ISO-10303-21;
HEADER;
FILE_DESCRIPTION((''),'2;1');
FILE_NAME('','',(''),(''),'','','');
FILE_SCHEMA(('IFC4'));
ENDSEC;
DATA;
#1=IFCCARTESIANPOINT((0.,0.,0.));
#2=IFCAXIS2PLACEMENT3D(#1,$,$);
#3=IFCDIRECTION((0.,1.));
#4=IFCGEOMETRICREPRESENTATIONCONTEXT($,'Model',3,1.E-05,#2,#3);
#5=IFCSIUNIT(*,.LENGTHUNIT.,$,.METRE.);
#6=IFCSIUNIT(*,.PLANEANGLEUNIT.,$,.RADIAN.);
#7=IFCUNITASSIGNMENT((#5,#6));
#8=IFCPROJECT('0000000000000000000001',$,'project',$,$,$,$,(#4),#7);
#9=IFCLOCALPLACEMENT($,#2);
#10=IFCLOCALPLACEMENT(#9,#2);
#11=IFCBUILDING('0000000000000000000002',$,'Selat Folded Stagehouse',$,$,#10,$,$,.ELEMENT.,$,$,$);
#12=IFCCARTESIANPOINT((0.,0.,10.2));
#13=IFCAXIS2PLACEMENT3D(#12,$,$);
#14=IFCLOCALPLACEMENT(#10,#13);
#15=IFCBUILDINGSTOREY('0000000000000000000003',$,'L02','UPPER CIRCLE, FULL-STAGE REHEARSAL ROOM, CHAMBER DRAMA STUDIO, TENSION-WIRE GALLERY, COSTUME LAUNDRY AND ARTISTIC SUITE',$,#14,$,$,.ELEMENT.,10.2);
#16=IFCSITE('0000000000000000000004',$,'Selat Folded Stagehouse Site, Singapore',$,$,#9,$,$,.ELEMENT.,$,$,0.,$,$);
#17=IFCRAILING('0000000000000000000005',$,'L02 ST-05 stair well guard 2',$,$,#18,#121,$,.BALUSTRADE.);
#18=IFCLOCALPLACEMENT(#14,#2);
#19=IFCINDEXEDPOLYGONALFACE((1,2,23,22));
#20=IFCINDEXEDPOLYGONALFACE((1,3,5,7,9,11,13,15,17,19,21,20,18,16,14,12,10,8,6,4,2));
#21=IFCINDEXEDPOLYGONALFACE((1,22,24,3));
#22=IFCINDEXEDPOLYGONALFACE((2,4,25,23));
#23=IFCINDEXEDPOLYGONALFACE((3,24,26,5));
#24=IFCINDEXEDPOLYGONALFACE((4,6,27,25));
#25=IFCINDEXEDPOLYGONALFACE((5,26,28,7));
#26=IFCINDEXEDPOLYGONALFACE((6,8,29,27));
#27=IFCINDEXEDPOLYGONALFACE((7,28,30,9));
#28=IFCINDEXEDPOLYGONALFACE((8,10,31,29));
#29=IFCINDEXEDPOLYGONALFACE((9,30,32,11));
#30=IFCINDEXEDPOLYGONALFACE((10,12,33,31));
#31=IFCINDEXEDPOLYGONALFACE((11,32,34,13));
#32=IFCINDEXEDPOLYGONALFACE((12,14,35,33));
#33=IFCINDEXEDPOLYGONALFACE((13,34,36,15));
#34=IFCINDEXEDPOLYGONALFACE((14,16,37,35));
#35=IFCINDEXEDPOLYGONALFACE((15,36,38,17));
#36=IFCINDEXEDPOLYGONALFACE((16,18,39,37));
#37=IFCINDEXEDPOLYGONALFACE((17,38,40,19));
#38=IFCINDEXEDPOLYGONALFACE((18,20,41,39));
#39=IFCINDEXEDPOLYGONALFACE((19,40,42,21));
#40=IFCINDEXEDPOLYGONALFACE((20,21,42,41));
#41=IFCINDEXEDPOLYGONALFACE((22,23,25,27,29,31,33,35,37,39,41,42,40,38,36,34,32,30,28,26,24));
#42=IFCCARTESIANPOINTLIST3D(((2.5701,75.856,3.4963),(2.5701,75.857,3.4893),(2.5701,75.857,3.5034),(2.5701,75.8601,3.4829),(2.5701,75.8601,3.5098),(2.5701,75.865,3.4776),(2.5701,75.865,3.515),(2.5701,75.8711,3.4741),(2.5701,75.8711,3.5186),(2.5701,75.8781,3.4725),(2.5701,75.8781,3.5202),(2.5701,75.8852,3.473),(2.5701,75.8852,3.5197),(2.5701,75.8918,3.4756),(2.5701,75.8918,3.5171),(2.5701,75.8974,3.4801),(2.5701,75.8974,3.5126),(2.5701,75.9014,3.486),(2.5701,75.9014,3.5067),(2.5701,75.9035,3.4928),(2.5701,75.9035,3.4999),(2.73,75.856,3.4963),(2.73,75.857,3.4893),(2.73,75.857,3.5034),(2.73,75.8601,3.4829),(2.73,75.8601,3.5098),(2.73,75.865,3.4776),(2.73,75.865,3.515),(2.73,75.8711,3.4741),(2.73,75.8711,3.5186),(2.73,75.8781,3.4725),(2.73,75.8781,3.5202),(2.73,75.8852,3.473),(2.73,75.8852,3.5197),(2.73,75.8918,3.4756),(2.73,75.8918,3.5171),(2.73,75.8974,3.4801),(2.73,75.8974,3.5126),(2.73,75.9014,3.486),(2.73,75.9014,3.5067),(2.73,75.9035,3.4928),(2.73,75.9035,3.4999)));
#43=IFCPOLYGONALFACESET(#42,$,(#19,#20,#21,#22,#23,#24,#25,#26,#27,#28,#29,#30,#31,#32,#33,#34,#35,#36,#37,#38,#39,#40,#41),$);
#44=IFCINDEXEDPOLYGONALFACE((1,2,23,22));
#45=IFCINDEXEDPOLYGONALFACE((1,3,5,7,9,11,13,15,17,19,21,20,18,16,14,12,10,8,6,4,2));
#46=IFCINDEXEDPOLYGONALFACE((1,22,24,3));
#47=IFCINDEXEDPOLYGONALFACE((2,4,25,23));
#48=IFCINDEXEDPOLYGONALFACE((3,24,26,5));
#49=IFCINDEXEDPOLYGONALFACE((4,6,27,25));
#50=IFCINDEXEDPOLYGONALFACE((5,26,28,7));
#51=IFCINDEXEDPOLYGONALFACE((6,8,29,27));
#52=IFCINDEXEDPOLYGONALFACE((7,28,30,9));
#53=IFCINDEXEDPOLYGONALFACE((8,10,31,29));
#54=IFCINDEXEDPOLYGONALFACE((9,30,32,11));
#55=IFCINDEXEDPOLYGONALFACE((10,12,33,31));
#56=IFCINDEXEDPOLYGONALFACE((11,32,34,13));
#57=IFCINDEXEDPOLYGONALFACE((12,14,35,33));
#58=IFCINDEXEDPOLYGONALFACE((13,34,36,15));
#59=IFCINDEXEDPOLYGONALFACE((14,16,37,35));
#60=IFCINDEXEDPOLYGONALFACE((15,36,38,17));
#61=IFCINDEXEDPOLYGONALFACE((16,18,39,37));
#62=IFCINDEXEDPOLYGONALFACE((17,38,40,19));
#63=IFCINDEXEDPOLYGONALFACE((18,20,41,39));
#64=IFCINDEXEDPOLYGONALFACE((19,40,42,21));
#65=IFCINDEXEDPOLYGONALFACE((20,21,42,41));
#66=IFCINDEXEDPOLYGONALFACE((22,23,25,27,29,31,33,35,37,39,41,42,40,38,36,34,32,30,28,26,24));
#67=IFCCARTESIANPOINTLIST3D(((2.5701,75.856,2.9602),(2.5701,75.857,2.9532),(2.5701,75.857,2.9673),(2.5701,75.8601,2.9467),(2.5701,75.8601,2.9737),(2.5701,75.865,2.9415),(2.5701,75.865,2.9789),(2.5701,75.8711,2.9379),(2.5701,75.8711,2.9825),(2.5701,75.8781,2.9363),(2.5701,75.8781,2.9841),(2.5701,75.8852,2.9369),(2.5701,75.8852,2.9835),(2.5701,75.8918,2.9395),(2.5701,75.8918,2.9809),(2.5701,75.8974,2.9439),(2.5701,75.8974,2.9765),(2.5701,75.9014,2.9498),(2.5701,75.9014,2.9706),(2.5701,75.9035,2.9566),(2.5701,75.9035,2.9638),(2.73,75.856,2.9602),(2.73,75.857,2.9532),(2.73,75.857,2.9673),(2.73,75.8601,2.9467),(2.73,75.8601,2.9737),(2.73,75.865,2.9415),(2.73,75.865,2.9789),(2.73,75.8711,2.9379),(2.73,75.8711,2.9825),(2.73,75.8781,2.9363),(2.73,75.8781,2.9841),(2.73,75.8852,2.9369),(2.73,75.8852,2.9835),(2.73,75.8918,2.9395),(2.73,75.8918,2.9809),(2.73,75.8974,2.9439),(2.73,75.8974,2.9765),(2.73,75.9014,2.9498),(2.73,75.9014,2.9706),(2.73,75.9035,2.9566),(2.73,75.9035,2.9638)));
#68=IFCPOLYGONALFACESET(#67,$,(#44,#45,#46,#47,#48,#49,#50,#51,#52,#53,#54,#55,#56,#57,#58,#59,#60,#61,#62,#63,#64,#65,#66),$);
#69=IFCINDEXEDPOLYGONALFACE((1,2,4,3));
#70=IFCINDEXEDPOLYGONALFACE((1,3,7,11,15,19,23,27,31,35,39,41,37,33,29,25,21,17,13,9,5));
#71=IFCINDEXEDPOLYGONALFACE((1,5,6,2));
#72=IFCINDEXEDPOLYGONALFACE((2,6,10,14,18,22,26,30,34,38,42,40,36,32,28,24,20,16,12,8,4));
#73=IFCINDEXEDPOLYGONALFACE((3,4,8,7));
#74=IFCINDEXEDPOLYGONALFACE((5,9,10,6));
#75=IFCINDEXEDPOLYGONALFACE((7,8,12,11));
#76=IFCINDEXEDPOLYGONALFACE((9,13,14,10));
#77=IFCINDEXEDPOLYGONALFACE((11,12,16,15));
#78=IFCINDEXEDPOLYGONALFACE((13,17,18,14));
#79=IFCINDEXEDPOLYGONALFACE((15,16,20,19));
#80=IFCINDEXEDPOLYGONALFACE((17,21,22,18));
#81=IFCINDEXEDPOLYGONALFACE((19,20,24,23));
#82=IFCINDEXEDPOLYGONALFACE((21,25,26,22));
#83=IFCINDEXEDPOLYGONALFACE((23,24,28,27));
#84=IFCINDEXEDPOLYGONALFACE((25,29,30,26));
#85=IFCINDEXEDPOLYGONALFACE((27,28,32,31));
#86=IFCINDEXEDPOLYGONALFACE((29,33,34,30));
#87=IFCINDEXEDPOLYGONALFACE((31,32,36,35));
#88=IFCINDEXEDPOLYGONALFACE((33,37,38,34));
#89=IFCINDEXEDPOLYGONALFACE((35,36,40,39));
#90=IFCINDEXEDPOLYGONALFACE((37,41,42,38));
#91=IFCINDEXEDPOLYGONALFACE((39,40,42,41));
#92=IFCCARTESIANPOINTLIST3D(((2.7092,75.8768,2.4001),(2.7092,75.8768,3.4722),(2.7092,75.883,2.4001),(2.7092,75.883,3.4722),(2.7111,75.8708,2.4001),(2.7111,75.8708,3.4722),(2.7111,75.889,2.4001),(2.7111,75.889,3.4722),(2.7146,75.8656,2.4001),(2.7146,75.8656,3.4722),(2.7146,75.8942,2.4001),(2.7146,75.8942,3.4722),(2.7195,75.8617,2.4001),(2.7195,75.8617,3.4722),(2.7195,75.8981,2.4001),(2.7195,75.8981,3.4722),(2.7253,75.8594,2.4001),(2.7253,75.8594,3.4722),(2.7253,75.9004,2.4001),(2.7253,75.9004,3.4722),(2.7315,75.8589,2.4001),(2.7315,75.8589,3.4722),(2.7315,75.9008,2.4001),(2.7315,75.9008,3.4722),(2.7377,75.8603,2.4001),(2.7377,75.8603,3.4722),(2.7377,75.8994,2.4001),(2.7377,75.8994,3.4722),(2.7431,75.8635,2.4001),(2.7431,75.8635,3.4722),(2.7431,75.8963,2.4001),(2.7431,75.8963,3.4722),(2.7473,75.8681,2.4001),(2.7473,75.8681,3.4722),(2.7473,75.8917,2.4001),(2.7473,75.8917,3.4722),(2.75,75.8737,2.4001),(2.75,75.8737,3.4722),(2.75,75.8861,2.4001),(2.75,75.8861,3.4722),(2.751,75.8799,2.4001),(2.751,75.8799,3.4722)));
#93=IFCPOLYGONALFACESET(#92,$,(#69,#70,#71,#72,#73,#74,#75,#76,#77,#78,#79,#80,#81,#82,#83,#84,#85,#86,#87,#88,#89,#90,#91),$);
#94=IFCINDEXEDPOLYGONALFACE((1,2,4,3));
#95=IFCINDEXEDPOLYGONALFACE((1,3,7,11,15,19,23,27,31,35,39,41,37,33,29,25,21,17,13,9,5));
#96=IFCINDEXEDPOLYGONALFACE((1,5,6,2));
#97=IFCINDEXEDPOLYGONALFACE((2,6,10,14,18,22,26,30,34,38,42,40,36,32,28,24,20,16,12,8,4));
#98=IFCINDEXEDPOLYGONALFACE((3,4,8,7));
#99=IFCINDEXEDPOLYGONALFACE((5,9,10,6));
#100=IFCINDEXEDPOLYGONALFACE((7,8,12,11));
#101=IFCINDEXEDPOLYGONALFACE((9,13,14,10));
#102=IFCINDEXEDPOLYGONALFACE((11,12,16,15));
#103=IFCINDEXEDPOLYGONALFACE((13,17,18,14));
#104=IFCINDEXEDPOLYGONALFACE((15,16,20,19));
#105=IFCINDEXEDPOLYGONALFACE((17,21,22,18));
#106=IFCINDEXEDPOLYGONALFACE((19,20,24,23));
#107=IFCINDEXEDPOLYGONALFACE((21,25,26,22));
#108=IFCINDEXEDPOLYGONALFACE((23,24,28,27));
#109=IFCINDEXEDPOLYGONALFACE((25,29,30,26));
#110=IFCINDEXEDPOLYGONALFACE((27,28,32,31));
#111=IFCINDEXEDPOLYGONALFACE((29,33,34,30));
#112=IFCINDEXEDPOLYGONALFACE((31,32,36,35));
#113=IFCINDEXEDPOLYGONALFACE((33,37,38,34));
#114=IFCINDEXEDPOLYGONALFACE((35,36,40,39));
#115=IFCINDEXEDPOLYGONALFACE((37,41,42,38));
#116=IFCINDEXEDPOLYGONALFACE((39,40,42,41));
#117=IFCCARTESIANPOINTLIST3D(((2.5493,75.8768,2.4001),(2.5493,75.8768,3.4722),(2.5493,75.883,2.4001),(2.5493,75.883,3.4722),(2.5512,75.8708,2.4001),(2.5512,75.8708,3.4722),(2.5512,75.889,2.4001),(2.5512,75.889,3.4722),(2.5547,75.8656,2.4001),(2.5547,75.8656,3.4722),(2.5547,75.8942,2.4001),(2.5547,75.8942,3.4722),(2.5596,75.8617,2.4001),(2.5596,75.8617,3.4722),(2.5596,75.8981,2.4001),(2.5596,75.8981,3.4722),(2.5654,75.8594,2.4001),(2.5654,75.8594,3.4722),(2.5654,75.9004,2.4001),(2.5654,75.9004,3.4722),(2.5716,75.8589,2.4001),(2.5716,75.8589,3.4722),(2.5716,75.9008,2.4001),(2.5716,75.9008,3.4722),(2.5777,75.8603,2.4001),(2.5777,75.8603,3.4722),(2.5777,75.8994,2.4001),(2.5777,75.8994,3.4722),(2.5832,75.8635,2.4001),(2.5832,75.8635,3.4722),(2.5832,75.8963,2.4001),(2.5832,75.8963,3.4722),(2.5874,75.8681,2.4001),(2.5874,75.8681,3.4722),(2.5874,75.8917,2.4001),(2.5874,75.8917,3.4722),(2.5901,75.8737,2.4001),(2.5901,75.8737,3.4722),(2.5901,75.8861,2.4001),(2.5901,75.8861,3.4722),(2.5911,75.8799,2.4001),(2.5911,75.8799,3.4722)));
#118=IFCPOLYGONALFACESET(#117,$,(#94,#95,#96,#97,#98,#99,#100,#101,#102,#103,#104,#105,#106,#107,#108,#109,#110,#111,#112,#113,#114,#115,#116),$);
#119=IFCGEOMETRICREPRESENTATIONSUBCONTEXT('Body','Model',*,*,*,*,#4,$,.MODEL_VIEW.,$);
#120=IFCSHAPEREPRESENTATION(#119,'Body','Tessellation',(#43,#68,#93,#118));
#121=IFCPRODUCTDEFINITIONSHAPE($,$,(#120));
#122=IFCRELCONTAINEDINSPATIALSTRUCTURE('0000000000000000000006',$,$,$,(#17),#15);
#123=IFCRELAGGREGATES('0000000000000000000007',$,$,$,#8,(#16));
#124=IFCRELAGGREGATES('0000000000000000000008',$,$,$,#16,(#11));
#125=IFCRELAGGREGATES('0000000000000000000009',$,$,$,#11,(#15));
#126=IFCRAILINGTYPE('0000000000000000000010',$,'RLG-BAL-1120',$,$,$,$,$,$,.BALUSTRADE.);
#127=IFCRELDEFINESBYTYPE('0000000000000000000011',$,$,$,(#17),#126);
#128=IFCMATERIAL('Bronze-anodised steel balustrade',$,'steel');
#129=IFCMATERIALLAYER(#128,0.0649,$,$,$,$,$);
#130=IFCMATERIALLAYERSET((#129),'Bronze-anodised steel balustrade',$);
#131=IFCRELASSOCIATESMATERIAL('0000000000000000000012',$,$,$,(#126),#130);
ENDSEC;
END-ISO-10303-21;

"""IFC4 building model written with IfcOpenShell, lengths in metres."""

from ifc_helpers import new_model, si_unit, direction, frame, origin, origin_2d, place, context, subcontext, project, spatial, circle, extrude, material, layer, layer_set, type_object, element, save


model = new_model("IFC4")

# Units and contexts
model_context = context("Model", 3, precision=1e-05, world=origin(), true_north=direction((0.0, 1.0)))
body_context = subcontext(model_context, "Body", "Model", "MODEL_VIEW")
ifc_project = project(units=[si_unit("LENGTHUNIT", "METRE"), si_unit("PLANEANGLEUNIT", "RADIAN")], contexts=[model_context])

# Site, building, storey
site_placement = place(None, origin())
site = spatial("IfcSite", under=ifc_project, at=site_placement, Name="Selat Folded Stagehouse Site, Singapore", CompositionType="ELEMENT", RefElevation=0.0)
building_placement = place(site_placement, origin())
building = spatial("IfcBuilding", under=site, at=building_placement, Name="Selat Folded Stagehouse", CompositionType="ELEMENT")
storey_placement = place(building_placement, frame((0.0, 0.0, 10.2)))
storey = spatial("IfcBuildingStorey", under=building, at=storey_placement, Name="L02", Description="UPPER CIRCLE, FULL-STAGE REHEARSAL ROOM, CHAMBER DRAMA STUDIO, TENSION-WIRE GALLERY, COSTUME LAUNDRY AND ARTISTIC SUITE", CompositionType="ELEMENT", Elevation=10.2)

# Railing
ifc_material_1 = material(Name="Bronze-anodised steel balustrade", Category="steel")
ifc_layer_1 = layer(ifc_material_1, 0.0649)
ifc_layer_set_1 = layer_set([ifc_layer_1], Name="Bronze-anodised steel balustrade")
railing_type_1 = type_object("IfcRailingType", Name="RLG-BAL-1120", PredefinedType="BALUSTRADE", material=ifc_layer_set_1)
railing_1_placement = place(storey_placement, frame((2.73, 75.8799, 2.4001)))
element("IfcRailing", 1, at=railing_1_placement, inside=storey, type_object=railing_type_1, Name="L02 ST-05 stair well guard 2", PredefinedType="BALUSTRADE", context=body_context, shape_type="SweptSolid", body=[
    extrude(circle(Radius=0.0239, at=origin_2d()), frame((0.0, 0.0, 1.0962), z_axis=(-1.0, 0.0, 0.0), x_axis=(0.0, -1.0, 0.0)), (0.0, 0.0, 1.0), 0.1599),
    extrude(circle(Radius=0.0239, at=origin_2d()), frame((0.0, 0.0, 0.5601), z_axis=(-1.0, 0.0, 0.0), x_axis=(0.0, -1.0, 0.0)), (0.0, 0.0, 1.0), 0.1599),
    extrude(circle(Radius=0.021, at=origin_2d()), origin(), (0.0, 0.0, 1.0), 1.072),
    extrude(circle(Radius=0.021, at=origin_2d()), frame((-0.1599, 0.0, 0.0)), (0.0, 0.0, 1.0), 1.072),
])

save(model, "model.ifc")
